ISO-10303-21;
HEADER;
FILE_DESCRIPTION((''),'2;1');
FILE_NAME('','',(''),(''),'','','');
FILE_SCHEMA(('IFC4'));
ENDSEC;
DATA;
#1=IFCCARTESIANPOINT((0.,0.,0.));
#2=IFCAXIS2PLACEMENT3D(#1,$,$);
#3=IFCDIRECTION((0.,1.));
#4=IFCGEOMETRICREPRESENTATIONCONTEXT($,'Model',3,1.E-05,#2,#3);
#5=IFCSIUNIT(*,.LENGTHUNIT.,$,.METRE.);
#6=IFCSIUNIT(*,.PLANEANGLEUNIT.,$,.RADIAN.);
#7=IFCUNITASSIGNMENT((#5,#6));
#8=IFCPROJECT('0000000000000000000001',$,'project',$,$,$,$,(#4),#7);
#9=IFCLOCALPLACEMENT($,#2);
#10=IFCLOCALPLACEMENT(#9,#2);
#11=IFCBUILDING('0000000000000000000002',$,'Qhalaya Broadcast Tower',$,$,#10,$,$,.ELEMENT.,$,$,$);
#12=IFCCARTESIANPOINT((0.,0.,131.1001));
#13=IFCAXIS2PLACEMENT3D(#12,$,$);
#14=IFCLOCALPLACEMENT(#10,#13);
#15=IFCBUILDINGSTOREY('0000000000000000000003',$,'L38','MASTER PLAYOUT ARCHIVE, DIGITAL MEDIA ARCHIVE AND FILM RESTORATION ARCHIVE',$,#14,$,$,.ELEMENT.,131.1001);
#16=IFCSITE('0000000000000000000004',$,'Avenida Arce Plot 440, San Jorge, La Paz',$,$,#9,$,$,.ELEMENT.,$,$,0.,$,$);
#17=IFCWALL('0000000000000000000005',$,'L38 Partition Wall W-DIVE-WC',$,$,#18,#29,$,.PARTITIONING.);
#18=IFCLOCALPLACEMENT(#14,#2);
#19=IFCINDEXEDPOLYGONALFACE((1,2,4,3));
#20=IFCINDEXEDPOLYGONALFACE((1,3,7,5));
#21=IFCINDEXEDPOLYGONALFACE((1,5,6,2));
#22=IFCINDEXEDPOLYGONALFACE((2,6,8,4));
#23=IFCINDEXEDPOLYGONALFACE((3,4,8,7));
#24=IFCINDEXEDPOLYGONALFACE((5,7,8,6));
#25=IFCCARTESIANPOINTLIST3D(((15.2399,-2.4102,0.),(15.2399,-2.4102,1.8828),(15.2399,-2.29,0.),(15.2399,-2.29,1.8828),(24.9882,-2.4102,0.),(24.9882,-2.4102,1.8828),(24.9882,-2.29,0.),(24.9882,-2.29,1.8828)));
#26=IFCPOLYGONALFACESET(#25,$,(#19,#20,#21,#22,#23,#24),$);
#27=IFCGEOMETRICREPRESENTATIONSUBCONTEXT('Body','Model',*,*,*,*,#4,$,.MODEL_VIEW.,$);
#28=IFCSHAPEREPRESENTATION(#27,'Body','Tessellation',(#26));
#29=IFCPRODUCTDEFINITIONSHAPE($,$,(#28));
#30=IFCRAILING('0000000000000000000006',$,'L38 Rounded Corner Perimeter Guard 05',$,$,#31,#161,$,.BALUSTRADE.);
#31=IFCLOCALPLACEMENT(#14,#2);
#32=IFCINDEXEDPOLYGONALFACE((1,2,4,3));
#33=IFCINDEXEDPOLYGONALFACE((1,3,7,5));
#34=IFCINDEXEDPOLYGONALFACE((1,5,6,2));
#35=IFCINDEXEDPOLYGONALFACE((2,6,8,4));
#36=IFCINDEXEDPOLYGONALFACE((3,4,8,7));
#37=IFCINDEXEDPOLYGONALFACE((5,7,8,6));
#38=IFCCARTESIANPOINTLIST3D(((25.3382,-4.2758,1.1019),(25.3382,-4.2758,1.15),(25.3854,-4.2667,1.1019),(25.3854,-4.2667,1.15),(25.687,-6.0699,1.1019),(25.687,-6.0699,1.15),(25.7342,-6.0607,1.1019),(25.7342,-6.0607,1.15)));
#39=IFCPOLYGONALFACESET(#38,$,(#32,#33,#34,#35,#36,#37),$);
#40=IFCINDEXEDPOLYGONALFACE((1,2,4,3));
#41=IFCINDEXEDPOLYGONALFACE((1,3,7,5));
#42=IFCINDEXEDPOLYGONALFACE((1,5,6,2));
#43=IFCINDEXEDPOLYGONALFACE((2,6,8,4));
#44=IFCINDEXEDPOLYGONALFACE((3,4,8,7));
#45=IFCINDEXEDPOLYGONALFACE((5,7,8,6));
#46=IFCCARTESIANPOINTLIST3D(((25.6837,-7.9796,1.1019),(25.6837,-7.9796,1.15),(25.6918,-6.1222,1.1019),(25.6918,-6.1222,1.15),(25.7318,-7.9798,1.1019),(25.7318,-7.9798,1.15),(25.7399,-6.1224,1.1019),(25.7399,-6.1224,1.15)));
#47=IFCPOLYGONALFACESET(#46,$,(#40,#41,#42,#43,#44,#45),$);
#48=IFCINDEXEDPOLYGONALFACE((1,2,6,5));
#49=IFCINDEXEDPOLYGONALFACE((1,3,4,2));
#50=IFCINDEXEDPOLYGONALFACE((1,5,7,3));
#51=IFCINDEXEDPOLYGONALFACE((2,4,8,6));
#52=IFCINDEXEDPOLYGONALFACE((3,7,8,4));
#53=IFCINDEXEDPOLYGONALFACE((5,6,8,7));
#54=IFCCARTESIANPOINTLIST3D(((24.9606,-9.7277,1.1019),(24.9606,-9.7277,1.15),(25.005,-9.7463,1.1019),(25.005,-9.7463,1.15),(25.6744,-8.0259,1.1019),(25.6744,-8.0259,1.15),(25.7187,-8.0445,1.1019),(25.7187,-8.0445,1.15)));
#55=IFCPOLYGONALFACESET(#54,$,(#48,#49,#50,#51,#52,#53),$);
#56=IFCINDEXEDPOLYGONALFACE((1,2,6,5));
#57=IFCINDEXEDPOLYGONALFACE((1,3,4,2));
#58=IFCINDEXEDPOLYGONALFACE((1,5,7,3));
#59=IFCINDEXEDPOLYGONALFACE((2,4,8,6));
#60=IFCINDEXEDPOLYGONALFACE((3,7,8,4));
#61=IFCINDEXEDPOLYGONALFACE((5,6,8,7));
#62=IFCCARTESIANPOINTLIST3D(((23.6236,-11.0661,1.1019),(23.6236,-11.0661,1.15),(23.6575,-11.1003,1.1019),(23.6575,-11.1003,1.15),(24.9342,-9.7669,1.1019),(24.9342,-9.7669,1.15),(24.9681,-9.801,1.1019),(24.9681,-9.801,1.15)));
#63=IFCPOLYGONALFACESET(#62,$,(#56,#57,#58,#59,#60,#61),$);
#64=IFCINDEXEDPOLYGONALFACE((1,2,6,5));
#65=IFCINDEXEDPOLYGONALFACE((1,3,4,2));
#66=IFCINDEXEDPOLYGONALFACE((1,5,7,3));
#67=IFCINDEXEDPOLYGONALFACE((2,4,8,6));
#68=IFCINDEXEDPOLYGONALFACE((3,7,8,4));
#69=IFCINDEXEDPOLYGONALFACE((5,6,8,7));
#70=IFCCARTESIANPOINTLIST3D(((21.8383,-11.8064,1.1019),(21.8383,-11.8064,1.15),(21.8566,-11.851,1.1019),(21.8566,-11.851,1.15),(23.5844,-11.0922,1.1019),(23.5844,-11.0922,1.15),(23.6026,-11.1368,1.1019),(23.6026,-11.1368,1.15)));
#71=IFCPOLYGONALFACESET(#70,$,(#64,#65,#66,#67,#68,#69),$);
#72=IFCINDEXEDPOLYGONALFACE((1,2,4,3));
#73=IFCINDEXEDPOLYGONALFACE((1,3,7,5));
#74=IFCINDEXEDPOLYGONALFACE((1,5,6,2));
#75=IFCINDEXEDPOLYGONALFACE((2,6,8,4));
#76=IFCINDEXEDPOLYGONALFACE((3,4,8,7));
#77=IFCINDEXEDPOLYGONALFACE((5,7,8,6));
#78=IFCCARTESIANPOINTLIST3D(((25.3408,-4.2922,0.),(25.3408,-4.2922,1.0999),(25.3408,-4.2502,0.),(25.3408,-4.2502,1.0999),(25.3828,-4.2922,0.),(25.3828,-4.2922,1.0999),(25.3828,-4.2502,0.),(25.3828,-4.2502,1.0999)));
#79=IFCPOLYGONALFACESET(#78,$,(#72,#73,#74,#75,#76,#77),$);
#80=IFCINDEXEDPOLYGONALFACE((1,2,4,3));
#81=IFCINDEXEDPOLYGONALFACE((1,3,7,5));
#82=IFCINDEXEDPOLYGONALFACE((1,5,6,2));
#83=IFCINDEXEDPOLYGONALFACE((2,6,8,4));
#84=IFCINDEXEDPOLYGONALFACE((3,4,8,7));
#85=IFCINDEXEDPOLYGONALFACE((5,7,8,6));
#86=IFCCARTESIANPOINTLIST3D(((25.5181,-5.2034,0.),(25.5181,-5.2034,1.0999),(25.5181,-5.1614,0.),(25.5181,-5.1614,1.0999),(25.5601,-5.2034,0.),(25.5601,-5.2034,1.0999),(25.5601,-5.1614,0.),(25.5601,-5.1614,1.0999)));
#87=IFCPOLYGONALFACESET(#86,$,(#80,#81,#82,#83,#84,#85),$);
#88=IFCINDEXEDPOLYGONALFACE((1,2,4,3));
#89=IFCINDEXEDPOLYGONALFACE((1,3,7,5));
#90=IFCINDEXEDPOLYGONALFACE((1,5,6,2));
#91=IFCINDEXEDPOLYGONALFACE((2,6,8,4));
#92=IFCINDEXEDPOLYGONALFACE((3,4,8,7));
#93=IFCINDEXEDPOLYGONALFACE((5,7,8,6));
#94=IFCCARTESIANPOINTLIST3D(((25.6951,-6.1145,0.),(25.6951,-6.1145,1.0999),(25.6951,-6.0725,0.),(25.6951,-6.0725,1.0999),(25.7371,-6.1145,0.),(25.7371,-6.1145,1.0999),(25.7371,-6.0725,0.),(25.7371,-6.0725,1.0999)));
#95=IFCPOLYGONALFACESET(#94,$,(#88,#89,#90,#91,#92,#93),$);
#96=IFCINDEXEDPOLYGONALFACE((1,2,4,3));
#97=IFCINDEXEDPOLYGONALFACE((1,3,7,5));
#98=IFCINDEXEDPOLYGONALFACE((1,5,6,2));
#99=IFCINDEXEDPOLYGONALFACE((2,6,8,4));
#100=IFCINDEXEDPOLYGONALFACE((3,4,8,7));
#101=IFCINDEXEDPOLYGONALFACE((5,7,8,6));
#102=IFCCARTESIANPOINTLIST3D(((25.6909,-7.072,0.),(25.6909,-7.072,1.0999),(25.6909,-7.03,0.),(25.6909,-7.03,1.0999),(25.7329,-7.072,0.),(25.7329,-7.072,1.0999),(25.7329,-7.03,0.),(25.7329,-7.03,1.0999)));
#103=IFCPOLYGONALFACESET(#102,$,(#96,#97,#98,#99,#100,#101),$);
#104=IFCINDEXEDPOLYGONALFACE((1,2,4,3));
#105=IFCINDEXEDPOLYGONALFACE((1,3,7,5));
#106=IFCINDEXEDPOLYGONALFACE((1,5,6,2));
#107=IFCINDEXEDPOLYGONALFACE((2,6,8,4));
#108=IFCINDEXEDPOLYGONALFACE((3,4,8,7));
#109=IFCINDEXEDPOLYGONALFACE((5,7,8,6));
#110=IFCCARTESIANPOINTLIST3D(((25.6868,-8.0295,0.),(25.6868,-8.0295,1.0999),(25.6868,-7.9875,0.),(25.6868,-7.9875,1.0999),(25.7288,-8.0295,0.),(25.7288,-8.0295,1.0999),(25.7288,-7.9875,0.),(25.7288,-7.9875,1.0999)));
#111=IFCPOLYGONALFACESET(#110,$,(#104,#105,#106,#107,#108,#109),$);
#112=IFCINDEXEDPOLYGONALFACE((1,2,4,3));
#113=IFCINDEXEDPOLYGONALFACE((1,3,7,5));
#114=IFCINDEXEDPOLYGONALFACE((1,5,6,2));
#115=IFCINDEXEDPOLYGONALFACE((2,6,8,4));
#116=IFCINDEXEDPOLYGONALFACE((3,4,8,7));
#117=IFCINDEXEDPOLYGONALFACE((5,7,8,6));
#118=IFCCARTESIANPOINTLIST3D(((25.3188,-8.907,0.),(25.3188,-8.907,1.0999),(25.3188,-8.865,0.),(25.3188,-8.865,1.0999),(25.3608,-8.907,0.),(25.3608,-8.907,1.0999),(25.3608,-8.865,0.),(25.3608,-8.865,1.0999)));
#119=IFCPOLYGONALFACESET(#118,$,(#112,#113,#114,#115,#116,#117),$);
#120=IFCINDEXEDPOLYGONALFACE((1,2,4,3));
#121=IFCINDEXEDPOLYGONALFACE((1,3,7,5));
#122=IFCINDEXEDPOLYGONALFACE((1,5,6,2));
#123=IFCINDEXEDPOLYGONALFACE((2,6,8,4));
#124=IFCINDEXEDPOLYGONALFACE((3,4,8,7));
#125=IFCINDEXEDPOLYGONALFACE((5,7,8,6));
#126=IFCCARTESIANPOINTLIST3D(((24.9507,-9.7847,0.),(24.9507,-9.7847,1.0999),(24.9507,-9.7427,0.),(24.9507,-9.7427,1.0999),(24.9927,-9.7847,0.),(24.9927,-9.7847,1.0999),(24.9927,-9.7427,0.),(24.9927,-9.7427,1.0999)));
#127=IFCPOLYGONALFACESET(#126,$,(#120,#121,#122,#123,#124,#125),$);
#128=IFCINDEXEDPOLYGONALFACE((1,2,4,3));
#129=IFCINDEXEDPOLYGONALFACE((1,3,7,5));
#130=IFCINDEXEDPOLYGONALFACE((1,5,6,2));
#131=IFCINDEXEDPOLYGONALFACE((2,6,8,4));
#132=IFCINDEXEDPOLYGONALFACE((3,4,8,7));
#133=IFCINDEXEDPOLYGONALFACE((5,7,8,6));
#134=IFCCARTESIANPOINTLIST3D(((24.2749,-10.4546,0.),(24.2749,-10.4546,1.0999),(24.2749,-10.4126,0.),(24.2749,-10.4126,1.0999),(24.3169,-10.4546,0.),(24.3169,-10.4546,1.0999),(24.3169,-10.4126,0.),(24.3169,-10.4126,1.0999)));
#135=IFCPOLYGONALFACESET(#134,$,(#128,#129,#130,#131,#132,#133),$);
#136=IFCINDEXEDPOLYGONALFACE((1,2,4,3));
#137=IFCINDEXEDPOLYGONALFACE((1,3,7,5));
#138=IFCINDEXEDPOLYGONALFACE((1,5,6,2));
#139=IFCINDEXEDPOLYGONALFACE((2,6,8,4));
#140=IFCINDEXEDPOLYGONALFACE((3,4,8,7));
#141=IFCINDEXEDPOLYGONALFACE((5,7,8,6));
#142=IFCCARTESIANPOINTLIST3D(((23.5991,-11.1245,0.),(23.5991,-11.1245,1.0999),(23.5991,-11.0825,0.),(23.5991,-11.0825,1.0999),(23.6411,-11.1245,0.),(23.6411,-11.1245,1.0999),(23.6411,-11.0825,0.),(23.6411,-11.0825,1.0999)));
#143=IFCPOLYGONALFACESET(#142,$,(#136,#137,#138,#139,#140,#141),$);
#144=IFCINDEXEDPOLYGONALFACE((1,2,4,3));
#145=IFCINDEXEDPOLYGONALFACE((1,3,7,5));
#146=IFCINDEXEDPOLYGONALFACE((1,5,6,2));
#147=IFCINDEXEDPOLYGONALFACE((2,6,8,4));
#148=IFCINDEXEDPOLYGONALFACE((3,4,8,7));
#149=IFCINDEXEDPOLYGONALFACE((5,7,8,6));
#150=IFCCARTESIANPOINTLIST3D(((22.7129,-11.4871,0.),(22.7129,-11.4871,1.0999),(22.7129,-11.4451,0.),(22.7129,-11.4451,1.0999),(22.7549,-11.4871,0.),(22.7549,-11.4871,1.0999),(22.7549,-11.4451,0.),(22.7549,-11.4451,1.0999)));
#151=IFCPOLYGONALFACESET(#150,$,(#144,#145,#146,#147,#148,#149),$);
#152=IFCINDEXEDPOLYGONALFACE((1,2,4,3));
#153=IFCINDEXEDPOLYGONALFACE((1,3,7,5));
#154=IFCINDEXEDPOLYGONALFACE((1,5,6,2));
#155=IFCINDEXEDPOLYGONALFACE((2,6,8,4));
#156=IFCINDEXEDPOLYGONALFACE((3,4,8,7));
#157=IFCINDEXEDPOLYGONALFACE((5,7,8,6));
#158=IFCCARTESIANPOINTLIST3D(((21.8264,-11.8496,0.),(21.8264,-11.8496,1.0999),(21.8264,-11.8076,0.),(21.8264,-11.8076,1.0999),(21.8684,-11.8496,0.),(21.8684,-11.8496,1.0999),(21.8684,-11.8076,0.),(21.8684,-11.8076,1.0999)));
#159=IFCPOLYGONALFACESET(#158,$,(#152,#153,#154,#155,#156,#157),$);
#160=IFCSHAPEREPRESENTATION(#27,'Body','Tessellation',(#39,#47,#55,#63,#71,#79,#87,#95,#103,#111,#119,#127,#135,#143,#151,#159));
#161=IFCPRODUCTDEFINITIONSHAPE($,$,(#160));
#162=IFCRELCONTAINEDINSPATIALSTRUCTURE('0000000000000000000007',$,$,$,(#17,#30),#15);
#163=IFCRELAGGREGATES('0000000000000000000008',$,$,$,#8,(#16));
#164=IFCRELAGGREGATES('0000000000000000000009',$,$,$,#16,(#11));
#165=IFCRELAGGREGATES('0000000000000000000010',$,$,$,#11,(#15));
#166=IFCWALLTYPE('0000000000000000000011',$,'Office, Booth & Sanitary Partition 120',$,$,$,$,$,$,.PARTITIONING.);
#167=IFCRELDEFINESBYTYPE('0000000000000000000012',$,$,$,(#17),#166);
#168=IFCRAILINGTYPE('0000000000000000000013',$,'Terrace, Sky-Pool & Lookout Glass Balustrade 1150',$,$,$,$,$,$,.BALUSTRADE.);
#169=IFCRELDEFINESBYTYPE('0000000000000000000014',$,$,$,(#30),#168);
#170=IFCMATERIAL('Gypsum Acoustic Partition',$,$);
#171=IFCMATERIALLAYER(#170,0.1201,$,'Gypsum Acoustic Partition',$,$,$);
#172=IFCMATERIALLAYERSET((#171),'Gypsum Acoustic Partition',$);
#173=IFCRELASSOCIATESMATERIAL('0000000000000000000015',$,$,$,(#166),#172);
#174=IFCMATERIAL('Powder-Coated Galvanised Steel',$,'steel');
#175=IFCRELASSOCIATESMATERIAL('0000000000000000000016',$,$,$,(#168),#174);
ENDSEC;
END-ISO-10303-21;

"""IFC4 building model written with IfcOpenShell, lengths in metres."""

from ifc_helpers import new_model, si_unit, direction, frame, frame_2d, origin, origin_2d, place, context, subcontext, project, spatial, rectangle, extrude, material, layer, layer_set, type_object, element, save


model = new_model("IFC4")

# Units and contexts
model_context = context("Model", 3, precision=1e-05, world=origin(), true_north=direction((0.0, 1.0)))
body_context = subcontext(model_context, "Body", "Model", "MODEL_VIEW")
ifc_project = project(units=[si_unit("LENGTHUNIT", "METRE"), si_unit("PLANEANGLEUNIT", "RADIAN")], contexts=[model_context])

# Site, building, storey
site_placement = place(None, origin())
site = spatial("IfcSite", under=ifc_project, at=site_placement, Name="Avenida Arce Plot 440, San Jorge, La Paz", CompositionType="ELEMENT", RefElevation=0.0)
building_placement = place(site_placement, origin())
building = spatial("IfcBuilding", under=site, at=building_placement, Name="Qhalaya Broadcast Tower", CompositionType="ELEMENT")
storey_placement = place(building_placement, frame((0.0, 0.0, 131.1001)))
storey = spatial("IfcBuildingStorey", under=building, at=storey_placement, Name="L38", Description="MASTER PLAYOUT ARCHIVE, DIGITAL MEDIA ARCHIVE AND FILM RESTORATION ARCHIVE", CompositionType="ELEMENT", Elevation=131.1001)

# Shared definitions
ifc_material_1 = material(Name="Gypsum Acoustic Partition")
ifc_layer_1 = layer(ifc_material_1, 0.1201, Name="Gypsum Acoustic Partition")
ifc_layer_set_1 = layer_set([ifc_layer_1], Name="Gypsum Acoustic Partition")
wall_type_1 = type_object("IfcWallType", Name="Office, Booth & Sanitary Partition 120", PredefinedType="PARTITIONING", material=ifc_layer_set_1)

# Wall
wall_1_placement = place(storey_placement, frame((15.24, -2.3501, 0.0), z_axis=(0.0, 0.0, 1.0), x_axis=(1.0, 0.0, 0.0)))
element("IfcWall", 1, at=wall_1_placement, inside=storey, type_object=wall_type_1, Name="L38 Partition Wall W-DIVE-WC", PredefinedType="PARTITIONING", context=body_context, shape_type="SweptSolid", body=[
    extrude(rectangle(XDim=9.7483, YDim=0.1201, at=frame_2d((4.874, 0.0))), origin(), (0.0, 0.0, 1.0), 1.8828),
])

# Railing
ifc_material_2 = material(Name="Powder-Coated Galvanised Steel", Category="steel")
railing_type = type_object("IfcRailingType", Name="Terrace, Sky-Pool & Lookout Glass Balustrade 1150", PredefinedType="BALUSTRADE", material=ifc_material_2)
railing_placement = place(storey_placement, frame((25.3618, -4.2712, 0.0)))
element("IfcRailing", 2, at=railing_placement, inside=storey, type_object=railing_type, Name="L38 Rounded Corner Perimeter Guard 05", PredefinedType="BALUSTRADE", context=body_context, shape_type="SweptSolid", body=[
    extrude(rectangle(XDim=0.0481, YDim=0.0481, at=origin_2d()), frame((0.0, 0.0, 1.126), z_axis=(0.190827, -0.981624, 0.0), x_axis=(0.981624, 0.190827, 0.0)), (0.0, 0.0, 1.0), 1.8276),
    extrude(rectangle(XDim=0.0481, YDim=0.0481, at=origin_2d()), frame((0.354, -1.8511, 1.126), z_axis=(-0.004334, -0.999991, 0.0), x_axis=(0.999991, -0.004334, 0.0)), (0.0, 0.0, 1.0), 1.8574),
    extrude(rectangle(XDim=0.0481, YDim=0.0481, at=origin_2d()), frame((0.3347, -3.7639, 1.126), z_axis=(-0.386755, -0.922183, 0.0), x_axis=(0.922183, -0.386755, 0.0)), (0.0, 0.0, 1.0), 1.8455),
    extrude(rectangle(XDim=0.0481, YDim=0.0481, at=origin_2d()), frame((-0.4106, -5.5127, 1.126), z_axis=(-0.710179, -0.704021, 0.0), x_axis=(0.704021, -0.710179, 0.0)), (0.0, 0.0, 1.0), 1.8455),
    extrude(rectangle(XDim=0.0481, YDim=0.0481, at=origin_2d()), frame((-1.7683, -6.8433, 1.126), z_axis=(-0.925565, -0.378588, 0.0), x_axis=(0.378588, -0.925565, 0.0)), (0.0, 0.0, 1.0), 1.8865),
    extrude(rectangle(XDim=0.042, YDim=0.042, at=origin_2d()), origin(), (0.0, 0.0, 1.0), 1.0999),
    extrude(rectangle(XDim=0.042, YDim=0.042, at=origin_2d()), frame((0.1772, -0.9111, 0.0)), (0.0, 0.0, 1.0), 1.0999),
    extrude(rectangle(XDim=0.042, YDim=0.042, at=origin_2d()), frame((0.3542, -1.8223, 0.0)), (0.0, 0.0, 1.0), 1.0999),
    extrude(rectangle(XDim=0.042, YDim=0.042, at=origin_2d()), frame((0.3501, -2.7798, 0.0)), (0.0, 0.0, 1.0), 1.0999),
    extrude(rectangle(XDim=0.042, YDim=0.042, at=origin_2d()), frame((0.3459, -3.7373, 0.0)), (0.0, 0.0, 1.0), 1.0999),
    extrude(rectangle(XDim=0.042, YDim=0.042, at=origin_2d()), frame((-0.022, -4.6147, 0.0)), (0.0, 0.0, 1.0), 1.0999),
    extrude(rectangle(XDim=0.042, YDim=0.042, at=origin_2d()), frame((-0.3901, -5.4924, 0.0)), (0.0, 0.0, 1.0), 1.0999),
    extrude(rectangle(XDim=0.042, YDim=0.042, at=origin_2d()), frame((-1.0659, -6.1624, 0.0)), (0.0, 0.0, 1.0), 1.0999),
    extrude(rectangle(XDim=0.042, YDim=0.042, at=origin_2d()), frame((-1.7417, -6.8323, 0.0)), (0.0, 0.0, 1.0), 1.0999),
    extrude(rectangle(XDim=0.042, YDim=0.042, at=origin_2d()), frame((-2.6279, -7.1948, 0.0)), (0.0, 0.0, 1.0), 1.0999),
    extrude(rectangle(XDim=0.042, YDim=0.042, at=origin_2d()), frame((-3.5144, -7.5574, 0.0)), (0.0, 0.0, 1.0), 1.0999),
])

save(model, "model.ifc")
